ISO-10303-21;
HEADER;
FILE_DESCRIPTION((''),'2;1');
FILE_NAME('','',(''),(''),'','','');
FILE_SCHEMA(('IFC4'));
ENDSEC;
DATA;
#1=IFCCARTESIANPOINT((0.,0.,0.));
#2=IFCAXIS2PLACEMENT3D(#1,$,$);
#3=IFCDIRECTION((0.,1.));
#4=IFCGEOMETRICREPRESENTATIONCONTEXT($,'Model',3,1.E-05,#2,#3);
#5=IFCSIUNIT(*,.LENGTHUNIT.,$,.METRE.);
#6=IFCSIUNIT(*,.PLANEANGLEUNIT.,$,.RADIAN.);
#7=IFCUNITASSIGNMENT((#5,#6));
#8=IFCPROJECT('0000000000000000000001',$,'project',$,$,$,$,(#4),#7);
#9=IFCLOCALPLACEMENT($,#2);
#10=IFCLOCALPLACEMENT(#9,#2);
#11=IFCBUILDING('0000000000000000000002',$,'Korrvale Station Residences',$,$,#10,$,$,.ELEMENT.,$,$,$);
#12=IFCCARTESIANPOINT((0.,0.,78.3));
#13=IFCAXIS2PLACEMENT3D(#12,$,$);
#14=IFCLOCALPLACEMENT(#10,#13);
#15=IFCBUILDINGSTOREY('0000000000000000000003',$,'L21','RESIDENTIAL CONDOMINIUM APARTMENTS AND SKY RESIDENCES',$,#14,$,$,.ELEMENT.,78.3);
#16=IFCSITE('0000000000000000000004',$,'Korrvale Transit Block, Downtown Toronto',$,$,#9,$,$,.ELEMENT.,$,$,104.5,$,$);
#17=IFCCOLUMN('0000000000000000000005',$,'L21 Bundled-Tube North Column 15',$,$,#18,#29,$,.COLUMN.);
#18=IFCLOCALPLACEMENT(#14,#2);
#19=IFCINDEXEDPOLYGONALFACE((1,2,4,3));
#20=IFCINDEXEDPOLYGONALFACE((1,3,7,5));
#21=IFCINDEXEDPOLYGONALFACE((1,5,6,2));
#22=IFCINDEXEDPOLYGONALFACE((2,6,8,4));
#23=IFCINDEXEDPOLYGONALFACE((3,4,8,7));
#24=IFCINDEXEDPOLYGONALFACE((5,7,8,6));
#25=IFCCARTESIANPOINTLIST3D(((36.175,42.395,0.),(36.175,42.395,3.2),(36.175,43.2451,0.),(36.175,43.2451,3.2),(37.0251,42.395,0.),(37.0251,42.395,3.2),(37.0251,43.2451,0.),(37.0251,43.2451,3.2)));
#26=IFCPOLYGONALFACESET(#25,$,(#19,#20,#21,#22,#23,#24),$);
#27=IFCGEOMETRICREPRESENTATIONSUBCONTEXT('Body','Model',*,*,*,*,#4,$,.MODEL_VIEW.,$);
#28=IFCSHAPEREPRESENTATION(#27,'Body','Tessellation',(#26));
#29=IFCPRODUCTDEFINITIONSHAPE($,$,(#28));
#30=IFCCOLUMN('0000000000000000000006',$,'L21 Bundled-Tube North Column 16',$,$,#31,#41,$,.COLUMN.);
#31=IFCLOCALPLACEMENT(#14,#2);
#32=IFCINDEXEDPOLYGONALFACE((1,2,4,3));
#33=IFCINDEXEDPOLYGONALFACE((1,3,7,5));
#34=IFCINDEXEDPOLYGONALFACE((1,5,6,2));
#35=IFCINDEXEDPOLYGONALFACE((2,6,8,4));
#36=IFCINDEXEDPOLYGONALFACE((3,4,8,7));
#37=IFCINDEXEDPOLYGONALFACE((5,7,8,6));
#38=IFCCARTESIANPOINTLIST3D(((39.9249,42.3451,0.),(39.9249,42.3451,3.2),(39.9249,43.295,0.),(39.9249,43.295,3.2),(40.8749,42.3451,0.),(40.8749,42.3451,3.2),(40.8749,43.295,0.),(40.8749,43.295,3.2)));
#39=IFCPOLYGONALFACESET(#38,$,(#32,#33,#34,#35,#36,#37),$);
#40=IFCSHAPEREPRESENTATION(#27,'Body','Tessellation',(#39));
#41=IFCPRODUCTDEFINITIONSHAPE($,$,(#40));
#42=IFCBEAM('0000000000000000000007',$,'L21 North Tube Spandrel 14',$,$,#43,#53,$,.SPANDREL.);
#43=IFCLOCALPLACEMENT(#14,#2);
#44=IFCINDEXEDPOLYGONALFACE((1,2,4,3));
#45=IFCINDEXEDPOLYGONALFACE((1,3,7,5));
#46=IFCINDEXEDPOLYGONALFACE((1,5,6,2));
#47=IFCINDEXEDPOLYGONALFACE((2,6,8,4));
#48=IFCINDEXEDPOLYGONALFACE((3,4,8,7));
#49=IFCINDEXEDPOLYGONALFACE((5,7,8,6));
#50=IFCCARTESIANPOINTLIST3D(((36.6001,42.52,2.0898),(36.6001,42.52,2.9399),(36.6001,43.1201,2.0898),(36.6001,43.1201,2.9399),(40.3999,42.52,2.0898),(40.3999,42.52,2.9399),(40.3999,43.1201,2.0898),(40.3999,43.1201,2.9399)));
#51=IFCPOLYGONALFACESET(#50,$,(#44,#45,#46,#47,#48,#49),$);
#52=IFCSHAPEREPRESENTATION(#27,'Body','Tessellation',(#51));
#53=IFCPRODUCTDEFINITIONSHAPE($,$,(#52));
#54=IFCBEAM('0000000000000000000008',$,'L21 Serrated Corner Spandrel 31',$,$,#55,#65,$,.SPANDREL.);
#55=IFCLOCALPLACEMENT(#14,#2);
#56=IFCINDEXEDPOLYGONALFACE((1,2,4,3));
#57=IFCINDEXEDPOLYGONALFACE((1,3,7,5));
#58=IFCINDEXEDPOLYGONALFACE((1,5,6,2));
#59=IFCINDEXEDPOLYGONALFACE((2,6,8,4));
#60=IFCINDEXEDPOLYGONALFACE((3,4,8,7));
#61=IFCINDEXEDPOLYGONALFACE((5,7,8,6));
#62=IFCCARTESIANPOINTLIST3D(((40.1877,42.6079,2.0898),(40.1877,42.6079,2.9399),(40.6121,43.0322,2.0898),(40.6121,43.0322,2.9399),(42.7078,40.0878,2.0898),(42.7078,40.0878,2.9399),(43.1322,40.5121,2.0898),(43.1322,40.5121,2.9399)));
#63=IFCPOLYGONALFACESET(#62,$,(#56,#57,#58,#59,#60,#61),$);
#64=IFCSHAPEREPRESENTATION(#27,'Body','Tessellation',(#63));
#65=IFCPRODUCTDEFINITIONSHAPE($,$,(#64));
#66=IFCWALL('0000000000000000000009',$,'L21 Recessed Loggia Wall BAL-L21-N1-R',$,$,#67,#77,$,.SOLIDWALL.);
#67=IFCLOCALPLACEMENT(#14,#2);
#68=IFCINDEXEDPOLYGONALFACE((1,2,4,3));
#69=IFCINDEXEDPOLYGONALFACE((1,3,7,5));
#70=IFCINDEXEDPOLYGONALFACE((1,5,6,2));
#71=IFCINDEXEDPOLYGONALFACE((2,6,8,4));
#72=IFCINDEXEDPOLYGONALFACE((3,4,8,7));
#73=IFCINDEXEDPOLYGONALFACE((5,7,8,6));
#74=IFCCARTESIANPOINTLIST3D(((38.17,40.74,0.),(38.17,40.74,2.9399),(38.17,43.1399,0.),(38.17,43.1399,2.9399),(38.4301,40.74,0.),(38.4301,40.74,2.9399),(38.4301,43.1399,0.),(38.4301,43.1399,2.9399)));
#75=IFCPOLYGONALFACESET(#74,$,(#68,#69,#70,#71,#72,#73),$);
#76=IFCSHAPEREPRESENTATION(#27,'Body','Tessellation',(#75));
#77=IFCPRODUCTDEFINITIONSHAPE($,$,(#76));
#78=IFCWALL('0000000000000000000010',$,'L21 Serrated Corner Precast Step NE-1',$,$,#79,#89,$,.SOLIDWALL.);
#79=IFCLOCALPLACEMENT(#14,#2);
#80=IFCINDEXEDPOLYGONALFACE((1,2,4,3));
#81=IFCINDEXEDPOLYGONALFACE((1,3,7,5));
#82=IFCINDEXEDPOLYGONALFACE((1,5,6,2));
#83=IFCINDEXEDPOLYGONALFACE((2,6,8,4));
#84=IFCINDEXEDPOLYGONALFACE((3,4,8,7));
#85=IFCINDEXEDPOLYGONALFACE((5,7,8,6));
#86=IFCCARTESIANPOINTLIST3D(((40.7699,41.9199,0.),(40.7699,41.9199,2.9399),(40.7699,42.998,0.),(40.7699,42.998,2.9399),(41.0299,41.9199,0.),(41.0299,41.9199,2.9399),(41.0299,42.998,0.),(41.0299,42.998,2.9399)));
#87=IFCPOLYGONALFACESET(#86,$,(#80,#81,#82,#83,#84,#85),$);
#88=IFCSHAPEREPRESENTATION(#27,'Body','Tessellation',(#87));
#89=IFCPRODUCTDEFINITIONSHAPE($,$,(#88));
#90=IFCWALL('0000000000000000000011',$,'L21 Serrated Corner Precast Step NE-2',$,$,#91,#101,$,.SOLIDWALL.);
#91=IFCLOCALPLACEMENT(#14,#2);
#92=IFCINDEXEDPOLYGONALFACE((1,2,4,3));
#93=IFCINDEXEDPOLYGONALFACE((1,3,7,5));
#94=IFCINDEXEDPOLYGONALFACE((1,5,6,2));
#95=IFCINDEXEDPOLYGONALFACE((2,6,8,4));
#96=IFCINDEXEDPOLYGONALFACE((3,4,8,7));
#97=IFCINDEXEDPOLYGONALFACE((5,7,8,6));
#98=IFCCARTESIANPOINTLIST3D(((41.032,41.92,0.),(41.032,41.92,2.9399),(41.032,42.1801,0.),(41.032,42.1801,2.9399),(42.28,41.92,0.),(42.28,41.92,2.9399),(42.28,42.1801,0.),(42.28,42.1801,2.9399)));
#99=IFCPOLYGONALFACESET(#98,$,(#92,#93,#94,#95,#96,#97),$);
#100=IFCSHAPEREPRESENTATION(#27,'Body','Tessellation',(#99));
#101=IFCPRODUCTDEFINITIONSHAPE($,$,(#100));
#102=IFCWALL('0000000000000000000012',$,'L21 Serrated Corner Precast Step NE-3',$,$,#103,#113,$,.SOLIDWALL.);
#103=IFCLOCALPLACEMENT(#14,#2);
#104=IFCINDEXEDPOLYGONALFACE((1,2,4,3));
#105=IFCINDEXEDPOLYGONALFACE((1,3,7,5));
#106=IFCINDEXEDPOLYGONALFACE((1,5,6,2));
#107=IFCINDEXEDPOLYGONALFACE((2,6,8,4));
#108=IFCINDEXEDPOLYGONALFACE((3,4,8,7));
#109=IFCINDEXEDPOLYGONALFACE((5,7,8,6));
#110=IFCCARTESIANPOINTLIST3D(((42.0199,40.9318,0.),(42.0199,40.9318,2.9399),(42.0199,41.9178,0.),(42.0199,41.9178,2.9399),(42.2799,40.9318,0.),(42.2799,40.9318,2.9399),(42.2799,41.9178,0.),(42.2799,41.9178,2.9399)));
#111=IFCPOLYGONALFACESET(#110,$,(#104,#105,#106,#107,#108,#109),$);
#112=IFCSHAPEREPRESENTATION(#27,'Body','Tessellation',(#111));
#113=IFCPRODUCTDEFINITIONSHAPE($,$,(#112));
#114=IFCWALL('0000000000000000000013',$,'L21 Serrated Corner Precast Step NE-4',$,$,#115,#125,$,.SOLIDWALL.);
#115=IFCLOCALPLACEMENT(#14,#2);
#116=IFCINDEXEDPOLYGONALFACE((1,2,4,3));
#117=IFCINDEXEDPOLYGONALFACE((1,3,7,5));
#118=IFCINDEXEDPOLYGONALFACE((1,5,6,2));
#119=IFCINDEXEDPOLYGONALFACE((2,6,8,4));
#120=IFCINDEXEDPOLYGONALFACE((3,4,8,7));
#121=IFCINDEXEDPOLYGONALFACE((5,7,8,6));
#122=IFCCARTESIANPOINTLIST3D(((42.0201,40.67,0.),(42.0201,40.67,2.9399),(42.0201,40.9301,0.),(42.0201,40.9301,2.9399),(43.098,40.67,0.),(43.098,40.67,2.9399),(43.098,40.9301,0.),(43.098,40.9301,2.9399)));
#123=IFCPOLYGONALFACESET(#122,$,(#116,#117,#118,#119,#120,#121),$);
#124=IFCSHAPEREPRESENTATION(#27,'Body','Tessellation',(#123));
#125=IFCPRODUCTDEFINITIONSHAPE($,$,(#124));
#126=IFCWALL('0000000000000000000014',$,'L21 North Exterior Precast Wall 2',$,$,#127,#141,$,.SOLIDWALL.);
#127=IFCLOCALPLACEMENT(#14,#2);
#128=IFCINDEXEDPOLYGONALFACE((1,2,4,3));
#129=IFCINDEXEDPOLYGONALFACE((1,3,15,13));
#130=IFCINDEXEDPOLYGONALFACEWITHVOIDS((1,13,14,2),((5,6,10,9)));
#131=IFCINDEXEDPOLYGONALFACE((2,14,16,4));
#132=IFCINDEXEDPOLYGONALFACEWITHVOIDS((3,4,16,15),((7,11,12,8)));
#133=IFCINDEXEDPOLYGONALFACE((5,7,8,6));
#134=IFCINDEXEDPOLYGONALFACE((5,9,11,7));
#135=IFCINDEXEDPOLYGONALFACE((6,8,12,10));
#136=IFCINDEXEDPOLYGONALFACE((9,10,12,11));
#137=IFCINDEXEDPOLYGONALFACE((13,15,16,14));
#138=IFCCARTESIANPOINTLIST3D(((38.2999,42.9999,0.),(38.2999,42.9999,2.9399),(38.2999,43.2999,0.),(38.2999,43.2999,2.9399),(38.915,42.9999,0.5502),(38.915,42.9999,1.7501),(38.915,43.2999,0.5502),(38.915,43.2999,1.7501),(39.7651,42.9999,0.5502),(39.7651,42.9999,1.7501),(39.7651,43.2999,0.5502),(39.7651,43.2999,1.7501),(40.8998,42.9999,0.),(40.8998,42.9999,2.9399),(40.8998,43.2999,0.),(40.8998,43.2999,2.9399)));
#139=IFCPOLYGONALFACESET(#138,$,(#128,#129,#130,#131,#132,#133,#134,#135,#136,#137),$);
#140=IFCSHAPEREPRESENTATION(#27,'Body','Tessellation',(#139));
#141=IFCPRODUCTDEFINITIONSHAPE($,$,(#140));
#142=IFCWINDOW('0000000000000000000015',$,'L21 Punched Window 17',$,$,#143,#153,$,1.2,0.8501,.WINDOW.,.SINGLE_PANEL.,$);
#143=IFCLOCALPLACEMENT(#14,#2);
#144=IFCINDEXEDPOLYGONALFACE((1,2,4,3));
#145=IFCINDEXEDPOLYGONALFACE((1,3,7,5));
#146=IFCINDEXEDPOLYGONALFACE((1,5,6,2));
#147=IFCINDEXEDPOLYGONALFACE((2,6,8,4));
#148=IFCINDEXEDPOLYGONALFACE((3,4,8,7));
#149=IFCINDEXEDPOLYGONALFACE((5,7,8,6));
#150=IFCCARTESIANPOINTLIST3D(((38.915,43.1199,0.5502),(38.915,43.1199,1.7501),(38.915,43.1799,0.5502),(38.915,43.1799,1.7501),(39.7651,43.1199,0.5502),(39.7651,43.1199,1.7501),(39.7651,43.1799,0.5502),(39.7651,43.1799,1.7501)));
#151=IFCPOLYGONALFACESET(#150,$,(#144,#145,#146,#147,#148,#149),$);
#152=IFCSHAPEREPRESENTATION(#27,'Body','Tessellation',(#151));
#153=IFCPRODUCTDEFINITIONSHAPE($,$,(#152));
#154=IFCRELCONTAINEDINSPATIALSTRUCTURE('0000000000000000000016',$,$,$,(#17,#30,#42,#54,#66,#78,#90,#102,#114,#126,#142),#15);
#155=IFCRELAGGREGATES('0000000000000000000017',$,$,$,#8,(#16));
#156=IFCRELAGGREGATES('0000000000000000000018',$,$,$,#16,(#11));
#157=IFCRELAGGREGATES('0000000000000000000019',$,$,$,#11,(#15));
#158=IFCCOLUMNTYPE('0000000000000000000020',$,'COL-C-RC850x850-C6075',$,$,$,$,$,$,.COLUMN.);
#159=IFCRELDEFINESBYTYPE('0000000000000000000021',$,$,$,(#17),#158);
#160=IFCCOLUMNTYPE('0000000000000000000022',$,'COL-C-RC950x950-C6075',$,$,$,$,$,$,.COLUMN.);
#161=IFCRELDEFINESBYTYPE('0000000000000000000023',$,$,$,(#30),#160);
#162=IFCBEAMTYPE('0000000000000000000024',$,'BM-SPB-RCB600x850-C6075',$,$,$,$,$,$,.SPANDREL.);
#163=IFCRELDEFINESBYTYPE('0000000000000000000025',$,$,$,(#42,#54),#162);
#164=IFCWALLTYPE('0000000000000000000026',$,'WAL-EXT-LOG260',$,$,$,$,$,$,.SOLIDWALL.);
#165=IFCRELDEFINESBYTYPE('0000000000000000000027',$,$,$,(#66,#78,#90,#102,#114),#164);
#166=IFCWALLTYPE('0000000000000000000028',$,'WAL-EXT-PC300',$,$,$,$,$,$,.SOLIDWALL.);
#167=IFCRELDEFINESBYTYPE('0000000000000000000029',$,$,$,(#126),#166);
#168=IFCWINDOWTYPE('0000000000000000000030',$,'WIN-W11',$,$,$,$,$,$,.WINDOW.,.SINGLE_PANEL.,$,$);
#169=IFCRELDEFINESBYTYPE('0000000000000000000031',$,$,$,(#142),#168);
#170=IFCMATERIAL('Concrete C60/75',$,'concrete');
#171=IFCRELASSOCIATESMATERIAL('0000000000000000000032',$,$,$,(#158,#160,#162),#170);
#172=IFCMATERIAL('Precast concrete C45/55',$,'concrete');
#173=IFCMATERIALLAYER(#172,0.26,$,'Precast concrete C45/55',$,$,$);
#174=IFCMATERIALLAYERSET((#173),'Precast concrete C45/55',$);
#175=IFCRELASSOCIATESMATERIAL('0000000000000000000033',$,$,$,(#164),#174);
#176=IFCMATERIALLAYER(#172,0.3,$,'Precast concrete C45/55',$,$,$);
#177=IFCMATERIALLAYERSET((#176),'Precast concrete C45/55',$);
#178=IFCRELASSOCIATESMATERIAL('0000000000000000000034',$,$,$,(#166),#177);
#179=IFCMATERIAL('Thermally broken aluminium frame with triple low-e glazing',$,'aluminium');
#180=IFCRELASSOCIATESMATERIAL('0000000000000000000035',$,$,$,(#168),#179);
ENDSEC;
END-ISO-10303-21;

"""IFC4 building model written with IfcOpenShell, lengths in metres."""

from ifc_helpers import new_model, si_unit, direction, frame, frame_2d, origin, origin_2d, place, context, subcontext, project, spatial, rectangle, extrude, material, layer, layer_set, material_profile, profile_set, type_object, element, fill, save


model = new_model("IFC4")

# Units and contexts
model_context = context("Model", 3, precision=1e-05, world=origin(), true_north=direction((0.0, 1.0)))
body_context = subcontext(model_context, "Body", "Model", "MODEL_VIEW")
ifc_project = project(units=[si_unit("LENGTHUNIT", "METRE"), si_unit("PLANEANGLEUNIT", "RADIAN")], contexts=[model_context])

# Site, building, storey
site_placement = place(None, origin())
site = spatial("IfcSite", under=ifc_project, at=site_placement, Name="Korrvale Transit Block, Downtown Toronto", CompositionType="ELEMENT", RefElevation=104.5)
building_placement = place(site_placement, origin())
building = spatial("IfcBuilding", under=site, at=building_placement, Name="Korrvale Station Residences", CompositionType="ELEMENT")
storey_placement = place(building_placement, frame((0.0, 0.0, 78.3)))
storey = spatial("IfcBuildingStorey", under=building, at=storey_placement, Name="L21", Description="RESIDENTIAL CONDOMINIUM APARTMENTS AND SKY RESIDENCES", CompositionType="ELEMENT", Elevation=78.3)

# Columns
ifc_material_1 = material(Name="Concrete C60/75", Category="concrete")
ifc_material_profile_1 = material_profile(ifc_material_1, rectangle(XDim=0.8501, YDim=0.8501, at=origin_2d()), Name="RC850x850")
ifc_profile_set_1 = profile_set([ifc_material_profile_1], Name="Concrete C60/75")
column_type_1 = type_object("IfcColumnType", Name="COL-C-RC850x850-C6075", PredefinedType="COLUMN", material=ifc_profile_set_1)
column_1_placement = place(storey_placement, frame((36.6001, 42.8201, 0.0), z_axis=(0.0, 0.0, 1.0), x_axis=(1.0, 0.0, 0.0)))
element("IfcColumn", 1, at=column_1_placement, inside=storey, type_object=column_type_1, Name="L21 Bundled-Tube North Column 15", PredefinedType="COLUMN", context=body_context, shape_type="SweptSolid", body=[
    extrude(rectangle(XDim=0.8501, YDim=0.8501, at=origin_2d()), origin(), (0.0, 0.0, 1.0), 3.2),
])
ifc_material_profile_2 = material_profile(ifc_material_1, rectangle(XDim=0.95, YDim=0.95, at=origin_2d()), Name="RC950x950")
ifc_profile_set_2 = profile_set([ifc_material_profile_2], Name="Concrete C60/75")
column_type_2 = type_object("IfcColumnType", Name="COL-C-RC950x950-C6075", PredefinedType="COLUMN", material=ifc_profile_set_2)
column_2_placement = place(storey_placement, frame((40.3999, 42.8201, 0.0), z_axis=(0.0, 0.0, 1.0), x_axis=(1.0, 0.0, 0.0)))
element("IfcColumn", 2, at=column_2_placement, inside=storey, type_object=column_type_2, Name="L21 Bundled-Tube North Column 16", PredefinedType="COLUMN", context=body_context, shape_type="SweptSolid", body=[
    extrude(rectangle(XDim=0.95, YDim=0.95, at=origin_2d()), origin(), (0.0, 0.0, 1.0), 3.2),
])

# Beams
ifc_material_profile_3 = material_profile(ifc_material_1, rectangle(XDim=0.6001, YDim=0.8501, at=origin_2d()), Name="RCB600x850")
ifc_profile_set_3 = profile_set([ifc_material_profile_3], Name="Concrete C60/75")
beam_type = type_object("IfcBeamType", Name="BM-SPB-RCB600x850-C6075", PredefinedType="SPANDREL", material=ifc_profile_set_3)
beam_1_placement = place(storey_placement, frame((36.6001, 42.8201, 2.5149), z_axis=(1.0, 0.0, 0.0), x_axis=(0.0, 1.0, 0.0)))
element("IfcBeam", 3, at=beam_1_placement, inside=storey, type_object=beam_type, Name="L21 North Tube Spandrel 14", PredefinedType="SPANDREL", context=body_context, shape_type="SweptSolid", body=[
    extrude(rectangle(XDim=0.6001, YDim=0.8501, at=origin_2d()), origin(), (0.0, 0.0, 1.0), 3.7998),
])
beam_2_placement = place(storey_placement, frame((40.3999, 42.8201, 2.5149), z_axis=(0.707107, -0.707107, 0.0), x_axis=(0.707107, 0.707107, 0.0)))
element("IfcBeam", 4, at=beam_2_placement, inside=storey, type_object=beam_type, Name="L21 Serrated Corner Spandrel 31", PredefinedType="SPANDREL", context=body_context, shape_type="SweptSolid", body=[
    extrude(rectangle(XDim=0.6001, YDim=0.8501, at=origin_2d()), origin(), (0.0, 0.0, 1.0), 3.564),
])

# Walls
ifc_material_2 = material(Name="Precast concrete C45/55", Category="concrete")
ifc_layer_1 = layer(ifc_material_2, 0.26, Name="Precast concrete C45/55")
ifc_layer_set_1 = layer_set([ifc_layer_1], Name="Precast concrete C45/55")
wall_type_1 = type_object("IfcWallType", Name="WAL-EXT-LOG260", PredefinedType="SOLIDWALL", material=ifc_layer_set_1)
wall_1_placement = place(storey_placement, frame((38.3, 40.74, 0.0), z_axis=(0.0, 0.0, 1.0), x_axis=(0.0, 1.0, 0.0)))
element("IfcWall", 5, at=wall_1_placement, inside=storey, type_object=wall_type_1, Name="L21 Recessed Loggia Wall BAL-L21-N1-R", PredefinedType="SOLIDWALL", context=body_context, shape_type="SweptSolid", body=[
    extrude(rectangle(XDim=2.3999, YDim=0.26, at=frame_2d((1.2, 0.0))), origin(), (0.0, 0.0, 1.0), 2.9399),
])
wall_2_placement = place(storey_placement, frame((40.8999, 42.998, 0.0), z_axis=(0.0, 0.0, 1.0), x_axis=(0.0, -1.0, 0.0)))
element("IfcWall", 6, at=wall_2_placement, inside=storey, type_object=wall_type_1, Name="L21 Serrated Corner Precast Step NE-1", PredefinedType="SOLIDWALL", context=body_context, shape_type="SweptSolid", body=[
    extrude(rectangle(XDim=1.0781, YDim=0.26, at=frame_2d((0.5391, 0.0))), origin(), (0.0, 0.0, 1.0), 2.9399),
])
wall_3_placement = place(storey_placement, frame((41.032, 42.05, 0.0), z_axis=(0.0, 0.0, 1.0), x_axis=(1.0, 0.0, 0.0)))
element("IfcWall", 7, at=wall_3_placement, inside=storey, type_object=wall_type_1, Name="L21 Serrated Corner Precast Step NE-2", PredefinedType="SOLIDWALL", context=body_context, shape_type="SweptSolid", body=[
    extrude(rectangle(XDim=1.248, YDim=0.26, at=frame_2d((0.624, 0.0))), origin(), (0.0, 0.0, 1.0), 2.9399),
])
wall_4_placement = place(storey_placement, frame((42.1499, 41.918, 0.0), z_axis=(0.0, 0.0, 1.0), x_axis=(0.0, -1.0, 0.0)))
element("IfcWall", 8, at=wall_4_placement, inside=storey, type_object=wall_type_1, Name="L21 Serrated Corner Precast Step NE-3", PredefinedType="SOLIDWALL", context=body_context, shape_type="SweptSolid", body=[
    extrude(rectangle(XDim=0.9861, YDim=0.26, at=frame_2d((0.4932, 0.0))), origin(), (0.0, 0.0, 1.0), 2.9399),
])
wall_5_placement = place(storey_placement, frame((42.02, 40.8, 0.0), z_axis=(0.0, 0.0, 1.0), x_axis=(1.0, 0.0, 0.0)))
element("IfcWall", 9, at=wall_5_placement, inside=storey, type_object=wall_type_1, Name="L21 Serrated Corner Precast Step NE-4", PredefinedType="SOLIDWALL", context=body_context, shape_type="SweptSolid", body=[
    extrude(rectangle(XDim=1.0779, YDim=0.26, at=frame_2d((0.5391, 0.0))), origin(), (0.0, 0.0, 1.0), 2.9399),
])

# Wall, opening, window
ifc_layer_2 = layer(ifc_material_2, 0.3, Name="Precast concrete C45/55")
ifc_layer_set_2 = layer_set([ifc_layer_2], Name="Precast concrete C45/55")
wall_type_2 = type_object("IfcWallType", Name="WAL-EXT-PC300", PredefinedType="SOLIDWALL", material=ifc_layer_set_2)
wall_6_placement = place(storey_placement, frame((38.3, 43.1499, 0.0), z_axis=(0.0, 0.0, 1.0), x_axis=(1.0, 0.0, 0.0)))
wall_6 = element("IfcWall", 10, at=wall_6_placement, inside=storey, type_object=wall_type_2, Name="L21 North Exterior Precast Wall 2", PredefinedType="SOLIDWALL", context=body_context, shape_type="SweptSolid", body=[
    extrude(rectangle(XDim=2.5999, YDim=0.3, at=frame_2d((1.2998, 0.0))), origin(), (0.0, 0.0, 1.0), 2.9399),
])
opening_1_placement = place(wall_6_placement, frame((0.615, 0.0, 0.55)))
opening_1 = element("IfcOpeningElement", 11, at=opening_1_placement, cuts=wall_6, PredefinedType="OPENING", context=body_context, shape_type="SweptSolid", body=[
    extrude(rectangle(XDim=0.8501, YDim=1.2, at=frame_2d((0.425, 0.6001))), frame((0.0, 0.1602, 0.0), z_axis=(0.0, -1.0, 0.0), x_axis=(1.0, 0.0, 0.0)), (0.0, 0.0, 1.0), 0.3201),
])
ifc_material_3 = material(Name="Thermally broken aluminium frame with triple low-e glazing", Category="aluminium")
window_type_1 = type_object("IfcWindowType", Name="WIN-W11", PartitioningType="SINGLE_PANEL", PredefinedType="WINDOW", material=ifc_material_3)
window_1_placement = place(opening_1_placement, origin())
window_1 = element("IfcWindow", 12, at=window_1_placement, inside=storey, type_object=window_type_1, Name="L21 Punched Window 17", OverallHeight=1.2, OverallWidth=0.8501, PartitioningType="SINGLE_PANEL", PredefinedType="WINDOW", context=body_context, shape_type="SweptSolid", body=[
    extrude(rectangle(XDim=0.8501, YDim=1.2, at=frame_2d((0.425, 0.6001))), frame((0.0, 0.03, 0.0), z_axis=(0.0, -1.0, 0.0), x_axis=(1.0, 0.0, 0.0)), (0.0, 0.0, 1.0), 0.0601),
])
fill(opening_1, window_1)

save(model, "model.ifc")
